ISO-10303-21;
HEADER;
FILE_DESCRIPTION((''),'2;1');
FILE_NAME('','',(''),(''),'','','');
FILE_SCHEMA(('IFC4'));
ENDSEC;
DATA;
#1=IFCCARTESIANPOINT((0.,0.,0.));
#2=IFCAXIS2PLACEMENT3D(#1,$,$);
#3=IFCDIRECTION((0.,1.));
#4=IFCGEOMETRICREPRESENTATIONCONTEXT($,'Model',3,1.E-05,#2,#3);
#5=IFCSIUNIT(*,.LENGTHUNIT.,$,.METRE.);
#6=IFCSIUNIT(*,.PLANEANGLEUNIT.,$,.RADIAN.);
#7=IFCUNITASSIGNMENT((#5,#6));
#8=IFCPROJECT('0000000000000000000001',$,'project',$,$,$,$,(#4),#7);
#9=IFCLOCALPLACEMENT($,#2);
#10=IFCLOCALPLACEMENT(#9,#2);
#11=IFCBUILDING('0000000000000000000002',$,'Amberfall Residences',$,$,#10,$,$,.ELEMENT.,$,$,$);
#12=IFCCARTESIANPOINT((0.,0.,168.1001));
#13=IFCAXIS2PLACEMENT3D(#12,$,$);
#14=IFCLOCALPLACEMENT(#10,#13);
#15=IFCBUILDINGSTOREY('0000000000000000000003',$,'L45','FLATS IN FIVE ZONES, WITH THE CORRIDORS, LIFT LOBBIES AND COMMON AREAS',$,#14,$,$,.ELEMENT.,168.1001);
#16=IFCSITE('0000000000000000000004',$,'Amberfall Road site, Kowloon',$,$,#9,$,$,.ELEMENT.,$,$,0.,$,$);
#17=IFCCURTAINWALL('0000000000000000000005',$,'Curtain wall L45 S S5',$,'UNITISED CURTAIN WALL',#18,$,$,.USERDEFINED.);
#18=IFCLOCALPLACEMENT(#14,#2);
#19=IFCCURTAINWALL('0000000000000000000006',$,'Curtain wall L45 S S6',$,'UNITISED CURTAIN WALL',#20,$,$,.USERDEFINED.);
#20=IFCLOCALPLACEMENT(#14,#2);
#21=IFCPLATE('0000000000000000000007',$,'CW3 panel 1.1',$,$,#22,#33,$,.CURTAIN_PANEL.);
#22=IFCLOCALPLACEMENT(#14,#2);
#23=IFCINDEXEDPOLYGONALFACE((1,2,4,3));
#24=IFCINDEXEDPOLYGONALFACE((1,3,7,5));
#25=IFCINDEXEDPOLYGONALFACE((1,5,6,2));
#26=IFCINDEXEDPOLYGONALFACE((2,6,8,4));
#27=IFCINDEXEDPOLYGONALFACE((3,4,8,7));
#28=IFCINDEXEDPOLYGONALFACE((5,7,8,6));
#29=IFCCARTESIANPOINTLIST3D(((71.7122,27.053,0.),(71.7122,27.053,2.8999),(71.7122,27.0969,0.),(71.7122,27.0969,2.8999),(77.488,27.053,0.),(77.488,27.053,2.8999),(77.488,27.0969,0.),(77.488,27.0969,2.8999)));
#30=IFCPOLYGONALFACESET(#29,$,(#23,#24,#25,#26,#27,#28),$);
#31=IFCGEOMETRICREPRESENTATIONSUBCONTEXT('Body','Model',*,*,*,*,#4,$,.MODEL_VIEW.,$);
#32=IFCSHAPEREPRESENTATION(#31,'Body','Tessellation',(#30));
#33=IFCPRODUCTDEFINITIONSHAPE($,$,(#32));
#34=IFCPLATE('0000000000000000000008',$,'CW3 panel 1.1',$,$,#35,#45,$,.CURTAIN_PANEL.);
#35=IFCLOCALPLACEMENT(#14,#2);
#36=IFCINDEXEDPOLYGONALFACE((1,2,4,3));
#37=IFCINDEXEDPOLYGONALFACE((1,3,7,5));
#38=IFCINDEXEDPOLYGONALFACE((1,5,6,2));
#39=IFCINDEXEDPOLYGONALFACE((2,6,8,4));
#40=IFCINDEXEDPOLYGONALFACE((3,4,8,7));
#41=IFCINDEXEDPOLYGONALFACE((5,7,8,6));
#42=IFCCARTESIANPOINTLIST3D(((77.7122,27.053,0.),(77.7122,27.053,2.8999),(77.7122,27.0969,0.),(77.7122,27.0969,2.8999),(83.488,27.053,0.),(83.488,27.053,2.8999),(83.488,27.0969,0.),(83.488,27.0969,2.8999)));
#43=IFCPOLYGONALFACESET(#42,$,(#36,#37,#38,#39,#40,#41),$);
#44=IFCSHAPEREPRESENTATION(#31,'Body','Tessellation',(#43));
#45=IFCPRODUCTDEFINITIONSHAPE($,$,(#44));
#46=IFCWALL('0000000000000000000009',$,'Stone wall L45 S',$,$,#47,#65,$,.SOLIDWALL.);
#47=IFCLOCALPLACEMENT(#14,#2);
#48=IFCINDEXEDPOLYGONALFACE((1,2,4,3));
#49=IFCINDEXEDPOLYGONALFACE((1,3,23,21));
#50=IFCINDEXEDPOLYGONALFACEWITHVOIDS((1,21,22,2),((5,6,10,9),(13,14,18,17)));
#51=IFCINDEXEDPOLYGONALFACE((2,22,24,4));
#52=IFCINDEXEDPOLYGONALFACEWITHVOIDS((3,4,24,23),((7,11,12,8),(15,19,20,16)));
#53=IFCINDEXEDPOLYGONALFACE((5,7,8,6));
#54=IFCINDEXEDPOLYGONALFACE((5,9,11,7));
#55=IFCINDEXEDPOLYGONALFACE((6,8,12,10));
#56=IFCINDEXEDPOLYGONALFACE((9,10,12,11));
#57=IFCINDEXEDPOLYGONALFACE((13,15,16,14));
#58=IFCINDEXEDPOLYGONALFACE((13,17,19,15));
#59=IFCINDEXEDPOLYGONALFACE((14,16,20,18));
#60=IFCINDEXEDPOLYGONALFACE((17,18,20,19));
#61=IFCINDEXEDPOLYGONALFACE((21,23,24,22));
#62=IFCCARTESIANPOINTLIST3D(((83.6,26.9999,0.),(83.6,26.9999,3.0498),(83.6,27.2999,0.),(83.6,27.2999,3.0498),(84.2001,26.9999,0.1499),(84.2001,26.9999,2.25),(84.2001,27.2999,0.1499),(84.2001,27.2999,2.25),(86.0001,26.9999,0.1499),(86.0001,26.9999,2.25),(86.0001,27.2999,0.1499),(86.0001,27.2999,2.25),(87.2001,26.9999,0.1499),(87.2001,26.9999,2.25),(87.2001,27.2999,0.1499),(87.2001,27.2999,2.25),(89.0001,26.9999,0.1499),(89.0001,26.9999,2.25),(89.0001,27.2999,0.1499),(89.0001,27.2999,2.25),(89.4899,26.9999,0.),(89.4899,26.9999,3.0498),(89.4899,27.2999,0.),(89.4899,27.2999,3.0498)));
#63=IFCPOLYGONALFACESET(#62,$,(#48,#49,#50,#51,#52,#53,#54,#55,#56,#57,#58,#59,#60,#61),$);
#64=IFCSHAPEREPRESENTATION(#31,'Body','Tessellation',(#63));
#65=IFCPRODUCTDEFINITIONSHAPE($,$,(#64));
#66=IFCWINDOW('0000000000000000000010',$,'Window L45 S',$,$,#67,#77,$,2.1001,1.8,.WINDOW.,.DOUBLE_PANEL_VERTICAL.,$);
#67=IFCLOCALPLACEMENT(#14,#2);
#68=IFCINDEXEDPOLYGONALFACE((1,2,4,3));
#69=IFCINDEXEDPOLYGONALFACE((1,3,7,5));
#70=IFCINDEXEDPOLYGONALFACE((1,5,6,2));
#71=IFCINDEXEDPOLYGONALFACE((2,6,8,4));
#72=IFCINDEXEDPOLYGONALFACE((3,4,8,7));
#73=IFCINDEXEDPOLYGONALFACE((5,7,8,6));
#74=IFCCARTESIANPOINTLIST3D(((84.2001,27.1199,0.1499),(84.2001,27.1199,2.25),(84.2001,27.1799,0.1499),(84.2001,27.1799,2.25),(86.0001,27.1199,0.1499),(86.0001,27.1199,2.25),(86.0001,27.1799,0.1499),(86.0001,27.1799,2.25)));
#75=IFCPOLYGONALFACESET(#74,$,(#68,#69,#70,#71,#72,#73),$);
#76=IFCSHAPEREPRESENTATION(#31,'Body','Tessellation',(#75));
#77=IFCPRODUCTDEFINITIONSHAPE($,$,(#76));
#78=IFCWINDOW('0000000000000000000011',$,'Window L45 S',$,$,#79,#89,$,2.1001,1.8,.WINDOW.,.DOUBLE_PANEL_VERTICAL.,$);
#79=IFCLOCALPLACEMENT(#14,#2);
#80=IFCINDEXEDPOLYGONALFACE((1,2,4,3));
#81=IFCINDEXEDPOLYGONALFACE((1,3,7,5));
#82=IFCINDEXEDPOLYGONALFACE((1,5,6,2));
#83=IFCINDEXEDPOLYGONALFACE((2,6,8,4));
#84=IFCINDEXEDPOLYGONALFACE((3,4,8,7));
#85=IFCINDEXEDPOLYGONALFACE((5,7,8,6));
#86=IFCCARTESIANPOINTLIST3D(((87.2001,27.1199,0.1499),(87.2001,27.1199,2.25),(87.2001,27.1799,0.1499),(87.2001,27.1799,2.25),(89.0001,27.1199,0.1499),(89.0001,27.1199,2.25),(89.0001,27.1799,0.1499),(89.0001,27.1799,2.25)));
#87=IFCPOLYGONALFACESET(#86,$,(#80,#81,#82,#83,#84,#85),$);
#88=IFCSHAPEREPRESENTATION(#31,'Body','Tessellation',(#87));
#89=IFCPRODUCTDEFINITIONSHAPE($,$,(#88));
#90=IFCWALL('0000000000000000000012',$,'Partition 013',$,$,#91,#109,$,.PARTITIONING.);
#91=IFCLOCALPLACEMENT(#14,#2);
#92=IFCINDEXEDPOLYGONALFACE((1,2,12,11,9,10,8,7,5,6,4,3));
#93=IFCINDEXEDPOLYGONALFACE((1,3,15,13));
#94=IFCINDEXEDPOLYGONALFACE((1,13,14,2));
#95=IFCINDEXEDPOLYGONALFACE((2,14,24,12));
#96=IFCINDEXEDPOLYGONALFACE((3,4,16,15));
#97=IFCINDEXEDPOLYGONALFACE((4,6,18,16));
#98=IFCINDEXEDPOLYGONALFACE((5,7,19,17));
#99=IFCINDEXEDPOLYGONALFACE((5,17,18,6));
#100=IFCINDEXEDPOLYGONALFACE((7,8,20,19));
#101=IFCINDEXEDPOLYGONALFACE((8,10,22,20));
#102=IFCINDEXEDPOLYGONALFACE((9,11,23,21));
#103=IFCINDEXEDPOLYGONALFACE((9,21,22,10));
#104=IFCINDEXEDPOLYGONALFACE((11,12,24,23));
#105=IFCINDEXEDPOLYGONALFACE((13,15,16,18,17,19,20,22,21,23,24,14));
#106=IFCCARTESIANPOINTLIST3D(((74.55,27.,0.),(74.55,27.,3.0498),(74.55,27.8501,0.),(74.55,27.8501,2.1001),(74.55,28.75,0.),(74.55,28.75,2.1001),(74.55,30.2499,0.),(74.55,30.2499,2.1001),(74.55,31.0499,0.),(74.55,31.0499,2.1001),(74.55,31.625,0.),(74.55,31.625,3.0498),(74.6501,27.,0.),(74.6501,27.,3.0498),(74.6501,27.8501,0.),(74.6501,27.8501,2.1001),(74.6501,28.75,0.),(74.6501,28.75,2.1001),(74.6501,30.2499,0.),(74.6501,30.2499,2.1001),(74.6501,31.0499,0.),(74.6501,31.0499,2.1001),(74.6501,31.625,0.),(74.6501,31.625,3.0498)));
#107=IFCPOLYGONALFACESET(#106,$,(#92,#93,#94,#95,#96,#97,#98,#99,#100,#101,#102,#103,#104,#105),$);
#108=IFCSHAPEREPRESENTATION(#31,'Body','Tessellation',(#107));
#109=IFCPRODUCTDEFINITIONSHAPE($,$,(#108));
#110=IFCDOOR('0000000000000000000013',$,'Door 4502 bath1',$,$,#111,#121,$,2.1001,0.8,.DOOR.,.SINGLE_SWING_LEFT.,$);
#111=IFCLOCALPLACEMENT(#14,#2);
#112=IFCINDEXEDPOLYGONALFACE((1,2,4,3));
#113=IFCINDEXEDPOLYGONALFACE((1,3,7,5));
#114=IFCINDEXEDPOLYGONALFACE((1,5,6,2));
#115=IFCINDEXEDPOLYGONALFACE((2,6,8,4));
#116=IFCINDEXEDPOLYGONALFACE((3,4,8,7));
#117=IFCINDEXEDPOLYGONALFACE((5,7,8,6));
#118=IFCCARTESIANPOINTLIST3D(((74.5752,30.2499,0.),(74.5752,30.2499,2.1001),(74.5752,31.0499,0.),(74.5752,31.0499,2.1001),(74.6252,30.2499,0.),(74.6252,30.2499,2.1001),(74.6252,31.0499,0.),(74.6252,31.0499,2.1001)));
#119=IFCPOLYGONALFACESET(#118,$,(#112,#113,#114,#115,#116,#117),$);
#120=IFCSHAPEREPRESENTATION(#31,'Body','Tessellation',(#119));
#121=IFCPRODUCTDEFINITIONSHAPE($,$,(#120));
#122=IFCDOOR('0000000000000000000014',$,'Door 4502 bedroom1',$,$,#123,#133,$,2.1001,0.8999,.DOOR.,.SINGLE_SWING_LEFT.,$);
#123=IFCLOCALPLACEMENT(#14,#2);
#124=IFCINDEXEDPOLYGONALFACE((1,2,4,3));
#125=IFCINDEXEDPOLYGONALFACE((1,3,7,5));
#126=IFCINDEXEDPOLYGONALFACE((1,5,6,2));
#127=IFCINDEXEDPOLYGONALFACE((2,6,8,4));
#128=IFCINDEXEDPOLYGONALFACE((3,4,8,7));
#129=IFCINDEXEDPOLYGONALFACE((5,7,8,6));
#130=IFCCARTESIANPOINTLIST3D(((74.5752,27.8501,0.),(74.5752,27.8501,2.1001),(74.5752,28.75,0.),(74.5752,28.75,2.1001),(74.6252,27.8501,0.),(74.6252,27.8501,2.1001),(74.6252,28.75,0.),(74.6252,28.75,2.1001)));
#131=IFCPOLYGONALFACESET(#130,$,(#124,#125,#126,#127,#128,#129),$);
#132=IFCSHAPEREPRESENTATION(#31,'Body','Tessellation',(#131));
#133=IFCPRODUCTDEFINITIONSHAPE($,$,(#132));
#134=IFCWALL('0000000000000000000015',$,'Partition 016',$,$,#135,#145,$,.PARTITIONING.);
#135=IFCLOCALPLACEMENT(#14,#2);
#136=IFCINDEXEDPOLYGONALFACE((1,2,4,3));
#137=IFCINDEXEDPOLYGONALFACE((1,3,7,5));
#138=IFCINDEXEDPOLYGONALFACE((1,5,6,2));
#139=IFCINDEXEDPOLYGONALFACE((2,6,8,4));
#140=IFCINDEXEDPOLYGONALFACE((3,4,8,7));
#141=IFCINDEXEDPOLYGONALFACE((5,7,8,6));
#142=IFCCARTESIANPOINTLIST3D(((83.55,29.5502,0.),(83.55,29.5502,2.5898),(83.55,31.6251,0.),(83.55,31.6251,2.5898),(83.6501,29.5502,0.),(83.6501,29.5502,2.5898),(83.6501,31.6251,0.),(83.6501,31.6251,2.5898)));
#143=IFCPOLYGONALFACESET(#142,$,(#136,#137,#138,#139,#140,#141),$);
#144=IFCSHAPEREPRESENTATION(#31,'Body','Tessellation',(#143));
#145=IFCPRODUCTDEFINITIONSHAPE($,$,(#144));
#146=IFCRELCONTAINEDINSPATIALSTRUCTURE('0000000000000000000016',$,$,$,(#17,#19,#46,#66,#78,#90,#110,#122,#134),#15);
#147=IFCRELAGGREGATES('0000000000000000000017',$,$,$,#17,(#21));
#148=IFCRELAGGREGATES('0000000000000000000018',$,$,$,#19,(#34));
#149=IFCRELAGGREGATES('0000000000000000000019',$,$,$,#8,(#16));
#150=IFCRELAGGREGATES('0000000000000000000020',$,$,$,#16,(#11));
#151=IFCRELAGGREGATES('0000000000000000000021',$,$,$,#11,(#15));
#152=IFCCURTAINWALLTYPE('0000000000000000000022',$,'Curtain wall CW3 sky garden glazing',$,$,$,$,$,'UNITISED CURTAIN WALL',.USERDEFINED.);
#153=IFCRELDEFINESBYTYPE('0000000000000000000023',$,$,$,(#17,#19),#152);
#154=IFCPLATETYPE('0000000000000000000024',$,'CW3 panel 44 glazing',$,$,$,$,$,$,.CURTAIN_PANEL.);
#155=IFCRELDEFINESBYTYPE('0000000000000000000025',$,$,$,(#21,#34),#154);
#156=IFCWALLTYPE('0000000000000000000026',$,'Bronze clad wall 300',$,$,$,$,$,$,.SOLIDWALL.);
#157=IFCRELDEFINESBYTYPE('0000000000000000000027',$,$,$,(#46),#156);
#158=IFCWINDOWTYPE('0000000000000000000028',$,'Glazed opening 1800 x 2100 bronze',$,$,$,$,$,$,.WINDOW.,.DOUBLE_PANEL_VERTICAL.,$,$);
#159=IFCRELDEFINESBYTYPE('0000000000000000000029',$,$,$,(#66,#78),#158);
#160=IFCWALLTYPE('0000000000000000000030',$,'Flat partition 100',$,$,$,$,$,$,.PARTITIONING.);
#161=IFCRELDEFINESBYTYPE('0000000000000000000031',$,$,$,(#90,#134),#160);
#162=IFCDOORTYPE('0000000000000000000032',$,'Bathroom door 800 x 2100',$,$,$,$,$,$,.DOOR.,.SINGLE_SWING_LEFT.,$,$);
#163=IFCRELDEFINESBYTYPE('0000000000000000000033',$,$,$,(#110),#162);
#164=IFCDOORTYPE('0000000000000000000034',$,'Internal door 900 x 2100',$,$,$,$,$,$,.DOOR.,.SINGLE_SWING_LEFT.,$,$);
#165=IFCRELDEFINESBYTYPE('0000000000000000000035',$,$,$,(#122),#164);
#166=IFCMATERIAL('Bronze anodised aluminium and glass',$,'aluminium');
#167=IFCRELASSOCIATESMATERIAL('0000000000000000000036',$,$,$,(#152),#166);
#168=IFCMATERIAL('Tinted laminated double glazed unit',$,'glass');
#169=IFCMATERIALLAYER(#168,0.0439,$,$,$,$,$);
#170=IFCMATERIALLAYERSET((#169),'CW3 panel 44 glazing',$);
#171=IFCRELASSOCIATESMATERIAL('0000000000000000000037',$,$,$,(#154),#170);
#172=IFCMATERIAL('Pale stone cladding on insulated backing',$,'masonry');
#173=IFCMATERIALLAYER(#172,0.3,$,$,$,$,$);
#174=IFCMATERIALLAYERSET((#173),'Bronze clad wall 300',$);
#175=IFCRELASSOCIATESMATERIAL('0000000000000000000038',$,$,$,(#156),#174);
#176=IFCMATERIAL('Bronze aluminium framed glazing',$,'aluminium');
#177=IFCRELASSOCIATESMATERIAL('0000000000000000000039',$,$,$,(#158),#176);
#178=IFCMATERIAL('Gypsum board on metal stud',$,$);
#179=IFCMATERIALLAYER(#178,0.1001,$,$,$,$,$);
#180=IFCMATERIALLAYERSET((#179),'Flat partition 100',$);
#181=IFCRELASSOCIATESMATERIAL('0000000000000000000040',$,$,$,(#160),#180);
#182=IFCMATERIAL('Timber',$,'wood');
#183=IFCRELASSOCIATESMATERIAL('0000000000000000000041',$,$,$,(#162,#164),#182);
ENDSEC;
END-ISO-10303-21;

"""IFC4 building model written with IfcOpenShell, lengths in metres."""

from ifc_helpers import new_model, si_unit, direction, frame, frame_2d, origin, origin_2d, place, context, subcontext, project, spatial, rectangle, extrude, material, layer, layer_set, type_object, element, fill, aggregate, save


model = new_model("IFC4")

# Units and contexts
model_context = context("Model", 3, precision=1e-05, world=origin(), true_north=direction((0.0, 1.0)))
body_context = subcontext(model_context, "Body", "Model", "MODEL_VIEW")
ifc_project = project(units=[si_unit("LENGTHUNIT", "METRE"), si_unit("PLANEANGLEUNIT", "RADIAN")], contexts=[model_context])

# Site, building, storey
site_placement = place(None, origin())
site = spatial("IfcSite", under=ifc_project, at=site_placement, Name="Amberfall Road site, Kowloon", CompositionType="ELEMENT", RefElevation=0.0)
building_placement = place(site_placement, origin())
building = spatial("IfcBuilding", under=site, at=building_placement, Name="Amberfall Residences", CompositionType="ELEMENT")
storey_placement = place(building_placement, frame((0.0, 0.0, 168.1001)))
storey = spatial("IfcBuildingStorey", under=building, at=storey_placement, Name="L45", Description="FLATS IN FIVE ZONES, WITH THE CORRIDORS, LIFT LOBBIES AND COMMON AREAS", CompositionType="ELEMENT", Elevation=168.1001)

# Curtain walls
ifc_material_1 = material(Name="Bronze anodised aluminium and glass", Category="aluminium")
curtain_wall_type = type_object("IfcCurtainWallType", Name="Curtain wall CW3 sky garden glazing", ElementType="UNITISED CURTAIN WALL", PredefinedType="USERDEFINED", material=ifc_material_1)
curtain_wall_1_placement = place(storey_placement, origin())
curtain_wall_1 = element("IfcCurtainWall", 1, at=curtain_wall_1_placement, inside=storey, type_object=curtain_wall_type, Name="Curtain wall L45 S S5", ObjectType="UNITISED CURTAIN WALL", PredefinedType="USERDEFINED")
curtain_wall_2_placement = place(storey_placement, origin())
curtain_wall_2 = element("IfcCurtainWall", 2, at=curtain_wall_2_placement, inside=storey, type_object=curtain_wall_type, Name="Curtain wall L45 S S6", ObjectType="UNITISED CURTAIN WALL", PredefinedType="USERDEFINED")

# Plates
ifc_material_2 = material(Name="Tinted laminated double glazed unit", Category="glass")
ifc_layer_1 = layer(ifc_material_2, 0.0439)
ifc_layer_set_1 = layer_set([ifc_layer_1], Name="CW3 panel 44 glazing")
plate_type = type_object("IfcPlateType", Name="CW3 panel 44 glazing", PredefinedType="CURTAIN_PANEL", material=ifc_layer_set_1)
plate_1_placement = place(storey_placement, frame((74.6001, 27.075, 0.0), z_axis=(0.0, 0.0, 1.0), x_axis=(1.0, 0.0, 0.0)))
plate_1 = element("IfcPlate", 3, at=plate_1_placement, type_object=plate_type, Name="CW3 panel 1.1", PredefinedType="CURTAIN_PANEL", context=body_context, shape_type="SweptSolid", body=[
    extrude(rectangle(XDim=5.7759, YDim=0.0439, at=origin_2d()), origin(), (0.0, 0.0, 1.0), 2.8999),
])
aggregate(curtain_wall_1, [plate_1])
plate_2_placement = place(storey_placement, frame((80.6001, 27.075, 0.0), z_axis=(0.0, 0.0, 1.0), x_axis=(1.0, 0.0, 0.0)))
plate_2 = element("IfcPlate", 4, at=plate_2_placement, type_object=plate_type, Name="CW3 panel 1.1", PredefinedType="CURTAIN_PANEL", context=body_context, shape_type="SweptSolid", body=[
    extrude(rectangle(XDim=5.7759, YDim=0.0439, at=origin_2d()), origin(), (0.0, 0.0, 1.0), 2.8999),
])
aggregate(curtain_wall_2, [plate_2])

# Wall, openings, windows
ifc_material_3 = material(Name="Pale stone cladding on insulated backing", Category="masonry")
ifc_layer_2 = layer(ifc_material_3, 0.3)
ifc_layer_set_2 = layer_set([ifc_layer_2], Name="Bronze clad wall 300")
wall_type_1 = type_object("IfcWallType", Name="Bronze clad wall 300", PredefinedType="SOLIDWALL", material=ifc_layer_set_2)
wall_1_placement = place(storey_placement, frame((83.6001, 27.1499, 0.0), z_axis=(0.0, 0.0, 1.0), x_axis=(1.0, 0.0, 0.0)))
wall_1 = element("IfcWall", 5, at=wall_1_placement, inside=storey, type_object=wall_type_1, Name="Stone wall L45 S", PredefinedType="SOLIDWALL", context=body_context, shape_type="SweptSolid", body=[
    extrude(rectangle(XDim=5.8899, YDim=0.3, at=frame_2d((2.9448, 0.0))), origin(), (0.0, 0.0, 1.0), 3.0498),
])
opening_1_placement = place(wall_1_placement, frame((0.6001, 0.0, 0.1499)))
opening_1 = element("IfcOpeningElement", 6, at=opening_1_placement, cuts=wall_1, PredefinedType="OPENING", context=body_context, shape_type="SweptSolid", body=[
    extrude(rectangle(XDim=1.8, YDim=2.1001, at=frame_2d((0.8999, 1.05))), frame((0.0, 0.1599, 0.0), z_axis=(0.0, -1.0, 0.0), x_axis=(1.0, 0.0, 0.0)), (0.0, 0.0, 1.0), 0.3201),
])
opening_2_placement = place(wall_1_placement, frame((3.6001, 0.0, 0.1499)))
opening_2 = element("IfcOpeningElement", 7, at=opening_2_placement, cuts=wall_1, PredefinedType="OPENING", context=body_context, shape_type="SweptSolid", body=[
    extrude(rectangle(XDim=1.8, YDim=2.1001, at=frame_2d((0.8999, 1.05))), frame((0.0, 0.1599, 0.0), z_axis=(0.0, -1.0, 0.0), x_axis=(1.0, 0.0, 0.0)), (0.0, 0.0, 1.0), 0.3201),
])
ifc_material_4 = material(Name="Bronze aluminium framed glazing", Category="aluminium")
window_type = type_object("IfcWindowType", Name="Glazed opening 1800 x 2100 bronze", PartitioningType="DOUBLE_PANEL_VERTICAL", PredefinedType="WINDOW", material=ifc_material_4)
window_1_placement = place(opening_1_placement, origin())
window_1 = element("IfcWindow", 8, at=window_1_placement, inside=storey, type_object=window_type, Name="Window L45 S", OverallHeight=2.1001, OverallWidth=1.8, PartitioningType="DOUBLE_PANEL_VERTICAL", PredefinedType="WINDOW", context=body_context, shape_type="SweptSolid", body=[
    extrude(rectangle(XDim=1.8, YDim=2.1001, at=frame_2d((0.8999, 1.05))), frame((0.0, 0.03, 0.0), z_axis=(0.0, -1.0, 0.0), x_axis=(1.0, 0.0, 0.0)), (0.0, 0.0, 1.0), 0.0601),
])
fill(opening_1, window_1)
window_2_placement = place(opening_2_placement, origin())
window_2 = element("IfcWindow", 9, at=window_2_placement, inside=storey, type_object=window_type, Name="Window L45 S", OverallHeight=2.1001, OverallWidth=1.8, PartitioningType="DOUBLE_PANEL_VERTICAL", PredefinedType="WINDOW", context=body_context, shape_type="SweptSolid", body=[
    extrude(rectangle(XDim=1.8, YDim=2.1001, at=frame_2d((0.8999, 1.05))), frame((0.0, 0.03, 0.0), z_axis=(0.0, -1.0, 0.0), x_axis=(1.0, 0.0, 0.0)), (0.0, 0.0, 1.0), 0.0601),
])
fill(opening_2, window_2)

# Wall, openings, doors
ifc_material_5 = material(Name="Gypsum board on metal stud")
ifc_layer_3 = layer(ifc_material_5, 0.1001)
ifc_layer_set_3 = layer_set([ifc_layer_3], Name="Flat partition 100")
wall_type_2 = type_object("IfcWallType", Name="Flat partition 100", PredefinedType="PARTITIONING", material=ifc_layer_set_3)
wall_2_placement = place(storey_placement, frame((74.6001, 27.0, 0.0), z_axis=(0.0, 0.0, 1.0), x_axis=(0.0, 1.0, 0.0)))
wall_2 = element("IfcWall", 10, at=wall_2_placement, inside=storey, type_object=wall_type_2, Name="Partition 013", PredefinedType="PARTITIONING", context=body_context, shape_type="SweptSolid", body=[
    extrude(rectangle(XDim=4.625, YDim=0.1001, at=frame_2d((2.3125, 0.0))), origin(), (0.0, 0.0, 1.0), 3.0498),
])
opening_3_placement = place(wall_2_placement, frame((0.8501, 0.0, 0.0)))
opening_3 = element("IfcOpeningElement", 11, at=opening_3_placement, cuts=wall_2, PredefinedType="OPENING", context=body_context, shape_type="SweptSolid", body=[
    extrude(rectangle(XDim=0.8999, YDim=2.1001, at=frame_2d((0.45, 1.05))), frame((0.0, 0.0601, 0.0), z_axis=(0.0, -1.0, 0.0), x_axis=(1.0, 0.0, 0.0)), (0.0, 0.0, 1.0), 0.1201),
])
opening_4_placement = place(wall_2_placement, frame((3.25, 0.0, 0.0)))
opening_4 = element("IfcOpeningElement", 12, at=opening_4_placement, cuts=wall_2, PredefinedType="OPENING", context=body_context, shape_type="SweptSolid", body=[
    extrude(rectangle(XDim=0.8, YDim=2.1001, at=frame_2d((0.3999, 1.05))), frame((0.0, 0.0601, 0.0), z_axis=(0.0, -1.0, 0.0), x_axis=(1.0, 0.0, 0.0)), (0.0, 0.0, 1.0), 0.1201),
])
ifc_material_6 = material(Name="Timber", Category="wood")
door_type_1 = type_object("IfcDoorType", Name="Bathroom door 800 x 2100", OperationType="SINGLE_SWING_LEFT", PredefinedType="DOOR", material=ifc_material_6)
door_1_placement = place(opening_4_placement, origin())
door_1 = element("IfcDoor", 13, at=door_1_placement, inside=storey, type_object=door_type_1, Name="Door 4502 bath1", OperationType="SINGLE_SWING_LEFT", OverallHeight=2.1001, OverallWidth=0.8, PredefinedType="DOOR", context=body_context, shape_type="SweptSolid", body=[
    extrude(rectangle(XDim=0.8, YDim=2.1001, at=frame_2d((0.3999, 1.05))), frame((0.0, 0.0249, 0.0), z_axis=(0.0, -1.0, 0.0), x_axis=(1.0, 0.0, 0.0)), (0.0, 0.0, 1.0), 0.05),
])
fill(opening_4, door_1)
door_type_2 = type_object("IfcDoorType", Name="Internal door 900 x 2100", OperationType="SINGLE_SWING_LEFT", PredefinedType="DOOR", material=ifc_material_6)
door_2_placement = place(opening_3_placement, origin())
door_2 = element("IfcDoor", 14, at=door_2_placement, inside=storey, type_object=door_type_2, Name="Door 4502 bedroom1", OperationType="SINGLE_SWING_LEFT", OverallHeight=2.1001, OverallWidth=0.8999, PredefinedType="DOOR", context=body_context, shape_type="SweptSolid", body=[
    extrude(rectangle(XDim=0.8999, YDim=2.1001, at=frame_2d((0.45, 1.05))), frame((0.0, 0.0249, 0.0), z_axis=(0.0, -1.0, 0.0), x_axis=(1.0, 0.0, 0.0)), (0.0, 0.0, 1.0), 0.05),
])
fill(opening_3, door_2)

# Wall
wall_3_placement = place(storey_placement, frame((83.6001, 29.55, 0.0), z_axis=(0.0, 0.0, 1.0), x_axis=(0.0, 1.0, 0.0)))
element("IfcWall", 15, at=wall_3_placement, inside=storey, type_object=wall_type_2, Name="Partition 016", PredefinedType="PARTITIONING", context=body_context, shape_type="SweptSolid", body=[
    extrude(rectangle(XDim=2.075, YDim=0.1001, at=frame_2d((1.0376, 0.0))), origin(), (0.0, 0.0, 1.0), 2.5898),
])

save(model, "model.ifc")
